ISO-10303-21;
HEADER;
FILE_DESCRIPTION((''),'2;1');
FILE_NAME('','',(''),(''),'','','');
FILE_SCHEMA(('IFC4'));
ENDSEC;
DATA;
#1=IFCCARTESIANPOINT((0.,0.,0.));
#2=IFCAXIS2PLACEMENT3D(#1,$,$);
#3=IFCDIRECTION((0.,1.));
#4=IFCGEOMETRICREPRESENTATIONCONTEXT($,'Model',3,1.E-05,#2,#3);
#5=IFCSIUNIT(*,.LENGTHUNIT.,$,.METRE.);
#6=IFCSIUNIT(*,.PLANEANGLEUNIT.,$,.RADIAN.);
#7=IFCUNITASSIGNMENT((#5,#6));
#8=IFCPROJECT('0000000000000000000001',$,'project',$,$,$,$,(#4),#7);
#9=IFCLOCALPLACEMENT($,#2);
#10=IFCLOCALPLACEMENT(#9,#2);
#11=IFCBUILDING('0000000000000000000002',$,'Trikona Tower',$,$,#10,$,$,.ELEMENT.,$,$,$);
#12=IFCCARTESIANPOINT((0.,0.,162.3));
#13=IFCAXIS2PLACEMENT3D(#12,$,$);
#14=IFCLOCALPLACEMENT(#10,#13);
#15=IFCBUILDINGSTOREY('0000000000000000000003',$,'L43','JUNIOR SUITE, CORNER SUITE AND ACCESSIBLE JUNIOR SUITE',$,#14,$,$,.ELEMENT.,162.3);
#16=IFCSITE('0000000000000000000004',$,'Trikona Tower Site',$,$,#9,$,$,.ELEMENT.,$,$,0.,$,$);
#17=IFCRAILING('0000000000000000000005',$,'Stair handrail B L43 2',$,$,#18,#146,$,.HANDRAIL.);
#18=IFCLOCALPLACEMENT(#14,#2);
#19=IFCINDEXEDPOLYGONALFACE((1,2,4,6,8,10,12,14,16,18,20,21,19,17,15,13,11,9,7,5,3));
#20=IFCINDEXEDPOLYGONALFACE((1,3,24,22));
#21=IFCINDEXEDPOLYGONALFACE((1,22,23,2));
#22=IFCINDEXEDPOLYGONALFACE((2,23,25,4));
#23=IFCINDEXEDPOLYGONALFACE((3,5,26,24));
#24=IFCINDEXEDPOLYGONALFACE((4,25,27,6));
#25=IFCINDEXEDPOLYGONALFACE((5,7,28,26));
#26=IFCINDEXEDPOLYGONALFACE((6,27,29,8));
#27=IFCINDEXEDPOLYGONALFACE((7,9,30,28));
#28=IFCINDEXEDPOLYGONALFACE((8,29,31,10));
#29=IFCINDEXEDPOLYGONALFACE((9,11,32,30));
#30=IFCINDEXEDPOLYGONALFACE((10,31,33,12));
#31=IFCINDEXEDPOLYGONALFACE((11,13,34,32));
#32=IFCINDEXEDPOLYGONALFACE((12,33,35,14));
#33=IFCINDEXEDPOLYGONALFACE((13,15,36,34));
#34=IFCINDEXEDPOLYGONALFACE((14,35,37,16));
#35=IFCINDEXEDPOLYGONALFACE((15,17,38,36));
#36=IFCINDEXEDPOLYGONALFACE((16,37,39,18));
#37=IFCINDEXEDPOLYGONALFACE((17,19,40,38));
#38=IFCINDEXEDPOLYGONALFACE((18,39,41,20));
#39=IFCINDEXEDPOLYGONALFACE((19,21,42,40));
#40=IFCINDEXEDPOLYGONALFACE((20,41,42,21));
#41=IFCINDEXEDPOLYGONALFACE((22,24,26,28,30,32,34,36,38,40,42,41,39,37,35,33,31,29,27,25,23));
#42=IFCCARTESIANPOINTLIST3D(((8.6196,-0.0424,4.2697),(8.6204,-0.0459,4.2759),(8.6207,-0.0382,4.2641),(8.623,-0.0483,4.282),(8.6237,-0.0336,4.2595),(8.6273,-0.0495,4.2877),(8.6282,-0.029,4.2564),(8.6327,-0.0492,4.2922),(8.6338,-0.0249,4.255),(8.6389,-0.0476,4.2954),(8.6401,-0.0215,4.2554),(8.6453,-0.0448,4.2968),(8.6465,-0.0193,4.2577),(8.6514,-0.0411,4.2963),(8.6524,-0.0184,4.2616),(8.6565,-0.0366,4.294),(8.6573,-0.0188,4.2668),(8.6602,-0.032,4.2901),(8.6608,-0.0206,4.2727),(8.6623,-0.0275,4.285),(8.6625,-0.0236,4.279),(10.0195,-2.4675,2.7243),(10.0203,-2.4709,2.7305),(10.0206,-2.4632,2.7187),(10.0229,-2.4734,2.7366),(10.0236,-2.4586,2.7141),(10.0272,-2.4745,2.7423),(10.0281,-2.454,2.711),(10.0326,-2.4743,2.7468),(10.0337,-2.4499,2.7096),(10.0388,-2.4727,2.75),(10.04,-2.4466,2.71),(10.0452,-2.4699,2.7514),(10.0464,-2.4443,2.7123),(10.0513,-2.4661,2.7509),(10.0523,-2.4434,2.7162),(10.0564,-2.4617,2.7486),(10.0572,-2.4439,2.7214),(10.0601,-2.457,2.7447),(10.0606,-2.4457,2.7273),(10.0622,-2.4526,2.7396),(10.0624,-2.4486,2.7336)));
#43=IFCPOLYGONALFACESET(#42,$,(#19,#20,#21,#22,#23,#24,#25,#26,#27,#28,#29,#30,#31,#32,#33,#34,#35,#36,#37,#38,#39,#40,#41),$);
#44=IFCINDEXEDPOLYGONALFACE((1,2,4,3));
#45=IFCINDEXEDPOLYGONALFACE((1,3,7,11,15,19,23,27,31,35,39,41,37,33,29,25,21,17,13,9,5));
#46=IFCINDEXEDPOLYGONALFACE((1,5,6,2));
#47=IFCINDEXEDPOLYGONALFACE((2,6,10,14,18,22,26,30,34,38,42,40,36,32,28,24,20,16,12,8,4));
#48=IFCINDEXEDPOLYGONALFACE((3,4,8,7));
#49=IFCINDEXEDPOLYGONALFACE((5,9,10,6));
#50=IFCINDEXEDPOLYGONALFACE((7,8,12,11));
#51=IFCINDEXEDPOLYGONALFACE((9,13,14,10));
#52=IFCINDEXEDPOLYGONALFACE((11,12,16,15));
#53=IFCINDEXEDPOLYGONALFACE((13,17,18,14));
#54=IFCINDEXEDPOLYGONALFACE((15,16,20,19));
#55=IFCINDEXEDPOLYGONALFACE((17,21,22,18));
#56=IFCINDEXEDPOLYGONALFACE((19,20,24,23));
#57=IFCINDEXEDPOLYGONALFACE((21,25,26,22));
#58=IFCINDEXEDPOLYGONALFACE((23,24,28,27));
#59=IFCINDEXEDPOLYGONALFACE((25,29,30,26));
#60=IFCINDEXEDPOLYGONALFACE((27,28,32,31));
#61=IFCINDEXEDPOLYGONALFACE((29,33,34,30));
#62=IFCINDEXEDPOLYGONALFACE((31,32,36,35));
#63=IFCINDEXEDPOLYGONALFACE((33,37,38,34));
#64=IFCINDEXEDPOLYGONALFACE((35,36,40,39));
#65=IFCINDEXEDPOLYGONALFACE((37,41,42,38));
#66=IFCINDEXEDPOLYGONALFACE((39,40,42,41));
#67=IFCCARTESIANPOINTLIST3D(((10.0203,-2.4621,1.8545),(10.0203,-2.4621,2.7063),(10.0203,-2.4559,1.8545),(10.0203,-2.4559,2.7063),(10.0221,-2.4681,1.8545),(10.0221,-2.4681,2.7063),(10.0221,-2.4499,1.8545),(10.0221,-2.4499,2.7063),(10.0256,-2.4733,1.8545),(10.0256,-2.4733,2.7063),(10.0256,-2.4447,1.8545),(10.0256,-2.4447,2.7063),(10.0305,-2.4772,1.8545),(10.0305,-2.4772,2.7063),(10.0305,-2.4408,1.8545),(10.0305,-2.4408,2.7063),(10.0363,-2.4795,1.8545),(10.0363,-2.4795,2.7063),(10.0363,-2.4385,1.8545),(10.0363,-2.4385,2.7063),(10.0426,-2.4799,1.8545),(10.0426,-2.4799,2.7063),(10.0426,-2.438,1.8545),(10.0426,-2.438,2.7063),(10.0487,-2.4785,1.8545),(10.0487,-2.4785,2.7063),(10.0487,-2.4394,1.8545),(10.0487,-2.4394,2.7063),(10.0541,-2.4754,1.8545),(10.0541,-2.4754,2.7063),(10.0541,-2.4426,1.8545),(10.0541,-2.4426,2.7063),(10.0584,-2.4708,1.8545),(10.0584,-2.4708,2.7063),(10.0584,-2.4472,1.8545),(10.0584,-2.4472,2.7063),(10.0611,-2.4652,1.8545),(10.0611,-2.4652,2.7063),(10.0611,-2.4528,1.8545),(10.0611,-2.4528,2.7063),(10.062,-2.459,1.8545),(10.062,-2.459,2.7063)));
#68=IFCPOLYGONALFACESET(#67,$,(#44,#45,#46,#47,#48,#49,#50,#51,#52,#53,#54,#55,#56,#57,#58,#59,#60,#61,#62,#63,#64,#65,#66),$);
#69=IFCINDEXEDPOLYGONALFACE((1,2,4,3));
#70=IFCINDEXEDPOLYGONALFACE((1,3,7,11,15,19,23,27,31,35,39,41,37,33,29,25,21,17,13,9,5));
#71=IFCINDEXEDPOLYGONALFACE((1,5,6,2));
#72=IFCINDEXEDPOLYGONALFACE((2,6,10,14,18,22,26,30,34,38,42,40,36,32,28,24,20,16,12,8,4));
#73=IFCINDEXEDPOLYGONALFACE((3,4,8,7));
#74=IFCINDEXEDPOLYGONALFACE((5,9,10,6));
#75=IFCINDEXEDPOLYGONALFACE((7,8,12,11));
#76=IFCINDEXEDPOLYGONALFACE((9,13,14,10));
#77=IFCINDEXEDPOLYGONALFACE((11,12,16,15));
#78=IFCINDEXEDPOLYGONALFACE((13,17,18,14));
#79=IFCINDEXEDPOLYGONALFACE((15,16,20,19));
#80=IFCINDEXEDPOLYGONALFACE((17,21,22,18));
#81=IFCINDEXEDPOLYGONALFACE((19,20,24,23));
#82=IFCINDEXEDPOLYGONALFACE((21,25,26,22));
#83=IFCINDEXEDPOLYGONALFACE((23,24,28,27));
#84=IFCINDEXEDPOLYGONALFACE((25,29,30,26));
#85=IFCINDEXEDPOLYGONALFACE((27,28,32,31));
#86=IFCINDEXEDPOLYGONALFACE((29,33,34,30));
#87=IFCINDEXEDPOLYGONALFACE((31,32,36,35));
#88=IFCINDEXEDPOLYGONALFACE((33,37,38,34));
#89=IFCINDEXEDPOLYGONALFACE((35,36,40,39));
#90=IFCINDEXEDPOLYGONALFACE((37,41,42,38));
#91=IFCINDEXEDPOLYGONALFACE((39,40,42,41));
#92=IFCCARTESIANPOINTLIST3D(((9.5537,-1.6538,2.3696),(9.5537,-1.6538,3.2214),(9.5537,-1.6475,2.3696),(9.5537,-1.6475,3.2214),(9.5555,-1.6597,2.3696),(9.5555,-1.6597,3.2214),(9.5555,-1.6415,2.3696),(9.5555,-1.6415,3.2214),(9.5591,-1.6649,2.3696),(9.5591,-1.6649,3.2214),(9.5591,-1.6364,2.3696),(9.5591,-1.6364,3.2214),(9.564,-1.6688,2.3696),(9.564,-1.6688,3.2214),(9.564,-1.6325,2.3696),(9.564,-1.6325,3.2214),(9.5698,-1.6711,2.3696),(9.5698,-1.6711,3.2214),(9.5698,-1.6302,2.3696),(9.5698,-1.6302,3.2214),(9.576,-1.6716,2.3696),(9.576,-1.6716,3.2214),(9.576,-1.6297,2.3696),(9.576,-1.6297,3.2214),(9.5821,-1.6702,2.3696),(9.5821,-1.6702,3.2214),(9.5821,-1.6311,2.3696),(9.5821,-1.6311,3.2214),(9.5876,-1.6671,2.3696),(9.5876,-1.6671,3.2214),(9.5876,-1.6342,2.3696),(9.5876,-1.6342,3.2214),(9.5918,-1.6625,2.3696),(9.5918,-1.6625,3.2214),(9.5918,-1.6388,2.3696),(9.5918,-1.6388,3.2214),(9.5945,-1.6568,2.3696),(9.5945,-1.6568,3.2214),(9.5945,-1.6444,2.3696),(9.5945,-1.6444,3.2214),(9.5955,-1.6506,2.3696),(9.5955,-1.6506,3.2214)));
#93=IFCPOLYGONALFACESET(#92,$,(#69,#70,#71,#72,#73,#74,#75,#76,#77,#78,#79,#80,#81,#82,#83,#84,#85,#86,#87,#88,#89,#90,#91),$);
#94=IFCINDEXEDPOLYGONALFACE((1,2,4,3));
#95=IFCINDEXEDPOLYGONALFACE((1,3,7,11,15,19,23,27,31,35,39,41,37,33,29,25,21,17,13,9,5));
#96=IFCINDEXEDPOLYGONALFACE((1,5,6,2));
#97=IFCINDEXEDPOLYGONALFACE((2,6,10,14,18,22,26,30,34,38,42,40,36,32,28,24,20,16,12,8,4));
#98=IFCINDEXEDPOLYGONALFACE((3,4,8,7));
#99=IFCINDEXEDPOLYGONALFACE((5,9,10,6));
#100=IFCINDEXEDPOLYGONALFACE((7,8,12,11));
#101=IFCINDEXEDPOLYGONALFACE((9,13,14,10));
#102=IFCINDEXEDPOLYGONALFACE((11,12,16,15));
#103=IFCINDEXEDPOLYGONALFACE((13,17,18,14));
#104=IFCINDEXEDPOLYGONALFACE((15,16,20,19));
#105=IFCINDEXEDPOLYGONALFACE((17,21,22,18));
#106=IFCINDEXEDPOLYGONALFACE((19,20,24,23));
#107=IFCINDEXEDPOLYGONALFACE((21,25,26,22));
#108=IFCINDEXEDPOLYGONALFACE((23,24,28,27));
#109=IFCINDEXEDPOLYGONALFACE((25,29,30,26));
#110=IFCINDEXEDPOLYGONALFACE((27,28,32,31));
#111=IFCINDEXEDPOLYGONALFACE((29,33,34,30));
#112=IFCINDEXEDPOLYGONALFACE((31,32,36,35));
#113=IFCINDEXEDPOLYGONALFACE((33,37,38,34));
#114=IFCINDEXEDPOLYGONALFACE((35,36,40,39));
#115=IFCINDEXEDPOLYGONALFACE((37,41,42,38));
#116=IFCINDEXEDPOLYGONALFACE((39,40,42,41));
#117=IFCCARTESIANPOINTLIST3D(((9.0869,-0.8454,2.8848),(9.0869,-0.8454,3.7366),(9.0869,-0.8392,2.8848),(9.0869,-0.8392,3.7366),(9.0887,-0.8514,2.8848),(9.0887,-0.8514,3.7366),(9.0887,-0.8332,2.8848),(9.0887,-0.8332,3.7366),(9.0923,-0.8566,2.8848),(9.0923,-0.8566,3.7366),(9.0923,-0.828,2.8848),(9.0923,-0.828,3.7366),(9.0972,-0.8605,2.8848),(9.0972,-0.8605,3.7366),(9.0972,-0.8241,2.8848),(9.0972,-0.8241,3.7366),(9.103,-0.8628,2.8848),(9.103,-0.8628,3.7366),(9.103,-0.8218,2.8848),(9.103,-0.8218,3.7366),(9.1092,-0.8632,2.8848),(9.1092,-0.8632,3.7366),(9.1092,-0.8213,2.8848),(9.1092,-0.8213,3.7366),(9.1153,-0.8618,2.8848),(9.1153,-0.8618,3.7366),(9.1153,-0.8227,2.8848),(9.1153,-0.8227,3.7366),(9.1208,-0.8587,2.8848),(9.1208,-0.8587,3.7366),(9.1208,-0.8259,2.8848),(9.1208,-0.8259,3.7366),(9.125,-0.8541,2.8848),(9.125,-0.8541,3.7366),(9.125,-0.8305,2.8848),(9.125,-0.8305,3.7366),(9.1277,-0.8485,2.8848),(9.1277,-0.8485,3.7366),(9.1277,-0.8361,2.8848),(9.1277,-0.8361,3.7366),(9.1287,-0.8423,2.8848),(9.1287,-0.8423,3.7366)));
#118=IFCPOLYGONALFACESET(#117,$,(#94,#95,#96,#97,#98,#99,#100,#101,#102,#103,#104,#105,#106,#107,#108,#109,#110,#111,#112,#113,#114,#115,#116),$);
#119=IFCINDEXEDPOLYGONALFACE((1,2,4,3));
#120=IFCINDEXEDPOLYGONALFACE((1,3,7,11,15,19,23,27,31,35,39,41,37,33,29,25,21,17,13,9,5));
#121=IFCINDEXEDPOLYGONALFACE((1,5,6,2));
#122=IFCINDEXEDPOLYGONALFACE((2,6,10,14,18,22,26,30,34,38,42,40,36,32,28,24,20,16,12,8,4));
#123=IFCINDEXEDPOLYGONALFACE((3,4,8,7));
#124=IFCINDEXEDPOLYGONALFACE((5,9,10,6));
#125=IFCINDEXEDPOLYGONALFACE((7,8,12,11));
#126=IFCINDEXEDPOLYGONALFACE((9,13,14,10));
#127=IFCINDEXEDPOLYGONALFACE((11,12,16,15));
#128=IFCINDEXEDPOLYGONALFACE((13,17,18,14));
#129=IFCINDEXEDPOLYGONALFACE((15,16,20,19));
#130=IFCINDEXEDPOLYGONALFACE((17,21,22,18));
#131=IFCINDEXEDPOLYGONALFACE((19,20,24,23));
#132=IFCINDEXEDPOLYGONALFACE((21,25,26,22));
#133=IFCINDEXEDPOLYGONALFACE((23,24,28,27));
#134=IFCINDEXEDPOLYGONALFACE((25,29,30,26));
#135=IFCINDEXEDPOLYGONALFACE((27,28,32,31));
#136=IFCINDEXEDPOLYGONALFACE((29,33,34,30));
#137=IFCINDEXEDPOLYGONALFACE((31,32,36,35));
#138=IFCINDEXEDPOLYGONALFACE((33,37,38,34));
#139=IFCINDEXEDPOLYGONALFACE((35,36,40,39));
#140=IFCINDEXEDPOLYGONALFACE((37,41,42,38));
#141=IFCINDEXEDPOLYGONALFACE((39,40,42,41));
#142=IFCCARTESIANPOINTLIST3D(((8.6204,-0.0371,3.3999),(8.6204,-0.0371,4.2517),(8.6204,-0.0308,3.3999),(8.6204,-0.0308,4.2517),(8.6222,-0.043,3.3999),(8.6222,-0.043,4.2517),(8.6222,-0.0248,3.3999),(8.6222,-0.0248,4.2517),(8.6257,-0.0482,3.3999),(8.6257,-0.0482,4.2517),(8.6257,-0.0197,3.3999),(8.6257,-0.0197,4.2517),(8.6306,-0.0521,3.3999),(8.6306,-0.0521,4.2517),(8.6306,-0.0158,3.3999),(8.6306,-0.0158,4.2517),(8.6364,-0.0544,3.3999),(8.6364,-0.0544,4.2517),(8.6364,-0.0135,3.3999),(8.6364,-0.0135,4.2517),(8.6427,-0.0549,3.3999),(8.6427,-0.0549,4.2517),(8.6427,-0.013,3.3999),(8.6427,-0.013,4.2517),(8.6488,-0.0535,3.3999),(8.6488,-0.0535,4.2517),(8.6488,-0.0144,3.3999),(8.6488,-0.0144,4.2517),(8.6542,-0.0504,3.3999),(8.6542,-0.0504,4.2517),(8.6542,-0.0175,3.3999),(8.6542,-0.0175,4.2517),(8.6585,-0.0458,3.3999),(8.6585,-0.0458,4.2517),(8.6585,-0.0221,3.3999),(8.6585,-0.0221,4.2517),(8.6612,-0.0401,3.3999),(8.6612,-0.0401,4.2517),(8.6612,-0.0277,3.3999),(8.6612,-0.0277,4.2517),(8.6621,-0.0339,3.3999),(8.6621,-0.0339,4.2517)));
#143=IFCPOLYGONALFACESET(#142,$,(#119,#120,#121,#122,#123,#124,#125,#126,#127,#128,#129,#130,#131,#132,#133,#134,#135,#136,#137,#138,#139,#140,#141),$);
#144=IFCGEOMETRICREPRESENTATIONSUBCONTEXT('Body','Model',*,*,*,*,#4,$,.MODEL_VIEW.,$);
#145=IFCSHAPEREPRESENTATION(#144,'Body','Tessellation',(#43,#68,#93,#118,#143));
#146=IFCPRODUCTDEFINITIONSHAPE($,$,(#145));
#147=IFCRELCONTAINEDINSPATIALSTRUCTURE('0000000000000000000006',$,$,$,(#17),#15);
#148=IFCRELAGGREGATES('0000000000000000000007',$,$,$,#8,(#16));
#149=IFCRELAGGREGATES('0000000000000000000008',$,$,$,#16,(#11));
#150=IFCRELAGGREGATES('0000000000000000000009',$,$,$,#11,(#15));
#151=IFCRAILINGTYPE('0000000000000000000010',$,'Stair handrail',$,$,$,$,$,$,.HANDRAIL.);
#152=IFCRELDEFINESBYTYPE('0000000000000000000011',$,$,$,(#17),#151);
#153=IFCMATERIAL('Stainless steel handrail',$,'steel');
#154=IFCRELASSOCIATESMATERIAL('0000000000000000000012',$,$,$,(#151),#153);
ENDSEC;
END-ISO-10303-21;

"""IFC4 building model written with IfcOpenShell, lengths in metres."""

from ifc_helpers import new_model, si_unit, direction, frame, origin, origin_2d, place, context, subcontext, project, spatial, circle, extrude, material, type_object, element, save


model = new_model("IFC4")

# Units and contexts
model_context = context("Model", 3, precision=1e-05, world=origin(), true_north=direction((0.0, 1.0)))
body_context = subcontext(model_context, "Body", "Model", "MODEL_VIEW")
ifc_project = project(units=[si_unit("LENGTHUNIT", "METRE"), si_unit("PLANEANGLEUNIT", "RADIAN")], contexts=[model_context])

# Site, building, storey
site_placement = place(None, origin())
site = spatial("IfcSite", under=ifc_project, at=site_placement, Name="Trikona Tower Site", CompositionType="ELEMENT", RefElevation=0.0)
building_placement = place(site_placement, origin())
building = spatial("IfcBuilding", under=site, at=building_placement, Name="Trikona Tower", CompositionType="ELEMENT")
storey_placement = place(building_placement, frame((0.0, 0.0, 162.3)))
storey = spatial("IfcBuildingStorey", under=building, at=storey_placement, Name="L43", Description="JUNIOR SUITE, CORNER SUITE AND ACCESSIBLE JUNIOR SUITE", CompositionType="ELEMENT", Elevation=162.3)

# Railing
ifc_material_1 = material(Name="Stainless steel handrail", Category="steel")
railing_type = type_object("IfcRailingType", Name="Stair handrail", PredefinedType="HANDRAIL", material=ifc_material_1)
railing_placement = place(storey_placement, frame((10.041, -2.459, 1.8545)))
element("IfcRailing", 1, at=railing_placement, inside=storey, type_object=railing_type, Name="Stair handrail B L43 2", PredefinedType="HANDRAIL", context=body_context, shape_type="SweptSolid", body=[
    extrude(circle(Radius=0.0239, at=origin_2d()), frame((0.0, 0.0, 0.876), z_axis=(-0.437707, 0.75824, 0.483203), x_axis=(-0.866056, -0.499946, 0.0)), (0.0, 0.0, 1.0), 3.1982),
    extrude(circle(Radius=0.021, at=origin_2d()), origin(), (0.0, 0.0, 1.0), 0.8518),
    extrude(circle(Radius=0.021, at=origin_2d()), frame((-0.4666, 0.8083, 0.5151)), (0.0, 0.0, 1.0), 0.8518),
    extrude(circle(Radius=0.021, at=origin_2d()), frame((-0.9333, 1.6167, 1.0303)), (0.0, 0.0, 1.0), 0.8518),
    extrude(circle(Radius=0.021, at=origin_2d()), frame((-1.3999, 2.425, 1.5454)), (0.0, 0.0, 1.0), 0.8518),
])

save(model, "model.ifc")
